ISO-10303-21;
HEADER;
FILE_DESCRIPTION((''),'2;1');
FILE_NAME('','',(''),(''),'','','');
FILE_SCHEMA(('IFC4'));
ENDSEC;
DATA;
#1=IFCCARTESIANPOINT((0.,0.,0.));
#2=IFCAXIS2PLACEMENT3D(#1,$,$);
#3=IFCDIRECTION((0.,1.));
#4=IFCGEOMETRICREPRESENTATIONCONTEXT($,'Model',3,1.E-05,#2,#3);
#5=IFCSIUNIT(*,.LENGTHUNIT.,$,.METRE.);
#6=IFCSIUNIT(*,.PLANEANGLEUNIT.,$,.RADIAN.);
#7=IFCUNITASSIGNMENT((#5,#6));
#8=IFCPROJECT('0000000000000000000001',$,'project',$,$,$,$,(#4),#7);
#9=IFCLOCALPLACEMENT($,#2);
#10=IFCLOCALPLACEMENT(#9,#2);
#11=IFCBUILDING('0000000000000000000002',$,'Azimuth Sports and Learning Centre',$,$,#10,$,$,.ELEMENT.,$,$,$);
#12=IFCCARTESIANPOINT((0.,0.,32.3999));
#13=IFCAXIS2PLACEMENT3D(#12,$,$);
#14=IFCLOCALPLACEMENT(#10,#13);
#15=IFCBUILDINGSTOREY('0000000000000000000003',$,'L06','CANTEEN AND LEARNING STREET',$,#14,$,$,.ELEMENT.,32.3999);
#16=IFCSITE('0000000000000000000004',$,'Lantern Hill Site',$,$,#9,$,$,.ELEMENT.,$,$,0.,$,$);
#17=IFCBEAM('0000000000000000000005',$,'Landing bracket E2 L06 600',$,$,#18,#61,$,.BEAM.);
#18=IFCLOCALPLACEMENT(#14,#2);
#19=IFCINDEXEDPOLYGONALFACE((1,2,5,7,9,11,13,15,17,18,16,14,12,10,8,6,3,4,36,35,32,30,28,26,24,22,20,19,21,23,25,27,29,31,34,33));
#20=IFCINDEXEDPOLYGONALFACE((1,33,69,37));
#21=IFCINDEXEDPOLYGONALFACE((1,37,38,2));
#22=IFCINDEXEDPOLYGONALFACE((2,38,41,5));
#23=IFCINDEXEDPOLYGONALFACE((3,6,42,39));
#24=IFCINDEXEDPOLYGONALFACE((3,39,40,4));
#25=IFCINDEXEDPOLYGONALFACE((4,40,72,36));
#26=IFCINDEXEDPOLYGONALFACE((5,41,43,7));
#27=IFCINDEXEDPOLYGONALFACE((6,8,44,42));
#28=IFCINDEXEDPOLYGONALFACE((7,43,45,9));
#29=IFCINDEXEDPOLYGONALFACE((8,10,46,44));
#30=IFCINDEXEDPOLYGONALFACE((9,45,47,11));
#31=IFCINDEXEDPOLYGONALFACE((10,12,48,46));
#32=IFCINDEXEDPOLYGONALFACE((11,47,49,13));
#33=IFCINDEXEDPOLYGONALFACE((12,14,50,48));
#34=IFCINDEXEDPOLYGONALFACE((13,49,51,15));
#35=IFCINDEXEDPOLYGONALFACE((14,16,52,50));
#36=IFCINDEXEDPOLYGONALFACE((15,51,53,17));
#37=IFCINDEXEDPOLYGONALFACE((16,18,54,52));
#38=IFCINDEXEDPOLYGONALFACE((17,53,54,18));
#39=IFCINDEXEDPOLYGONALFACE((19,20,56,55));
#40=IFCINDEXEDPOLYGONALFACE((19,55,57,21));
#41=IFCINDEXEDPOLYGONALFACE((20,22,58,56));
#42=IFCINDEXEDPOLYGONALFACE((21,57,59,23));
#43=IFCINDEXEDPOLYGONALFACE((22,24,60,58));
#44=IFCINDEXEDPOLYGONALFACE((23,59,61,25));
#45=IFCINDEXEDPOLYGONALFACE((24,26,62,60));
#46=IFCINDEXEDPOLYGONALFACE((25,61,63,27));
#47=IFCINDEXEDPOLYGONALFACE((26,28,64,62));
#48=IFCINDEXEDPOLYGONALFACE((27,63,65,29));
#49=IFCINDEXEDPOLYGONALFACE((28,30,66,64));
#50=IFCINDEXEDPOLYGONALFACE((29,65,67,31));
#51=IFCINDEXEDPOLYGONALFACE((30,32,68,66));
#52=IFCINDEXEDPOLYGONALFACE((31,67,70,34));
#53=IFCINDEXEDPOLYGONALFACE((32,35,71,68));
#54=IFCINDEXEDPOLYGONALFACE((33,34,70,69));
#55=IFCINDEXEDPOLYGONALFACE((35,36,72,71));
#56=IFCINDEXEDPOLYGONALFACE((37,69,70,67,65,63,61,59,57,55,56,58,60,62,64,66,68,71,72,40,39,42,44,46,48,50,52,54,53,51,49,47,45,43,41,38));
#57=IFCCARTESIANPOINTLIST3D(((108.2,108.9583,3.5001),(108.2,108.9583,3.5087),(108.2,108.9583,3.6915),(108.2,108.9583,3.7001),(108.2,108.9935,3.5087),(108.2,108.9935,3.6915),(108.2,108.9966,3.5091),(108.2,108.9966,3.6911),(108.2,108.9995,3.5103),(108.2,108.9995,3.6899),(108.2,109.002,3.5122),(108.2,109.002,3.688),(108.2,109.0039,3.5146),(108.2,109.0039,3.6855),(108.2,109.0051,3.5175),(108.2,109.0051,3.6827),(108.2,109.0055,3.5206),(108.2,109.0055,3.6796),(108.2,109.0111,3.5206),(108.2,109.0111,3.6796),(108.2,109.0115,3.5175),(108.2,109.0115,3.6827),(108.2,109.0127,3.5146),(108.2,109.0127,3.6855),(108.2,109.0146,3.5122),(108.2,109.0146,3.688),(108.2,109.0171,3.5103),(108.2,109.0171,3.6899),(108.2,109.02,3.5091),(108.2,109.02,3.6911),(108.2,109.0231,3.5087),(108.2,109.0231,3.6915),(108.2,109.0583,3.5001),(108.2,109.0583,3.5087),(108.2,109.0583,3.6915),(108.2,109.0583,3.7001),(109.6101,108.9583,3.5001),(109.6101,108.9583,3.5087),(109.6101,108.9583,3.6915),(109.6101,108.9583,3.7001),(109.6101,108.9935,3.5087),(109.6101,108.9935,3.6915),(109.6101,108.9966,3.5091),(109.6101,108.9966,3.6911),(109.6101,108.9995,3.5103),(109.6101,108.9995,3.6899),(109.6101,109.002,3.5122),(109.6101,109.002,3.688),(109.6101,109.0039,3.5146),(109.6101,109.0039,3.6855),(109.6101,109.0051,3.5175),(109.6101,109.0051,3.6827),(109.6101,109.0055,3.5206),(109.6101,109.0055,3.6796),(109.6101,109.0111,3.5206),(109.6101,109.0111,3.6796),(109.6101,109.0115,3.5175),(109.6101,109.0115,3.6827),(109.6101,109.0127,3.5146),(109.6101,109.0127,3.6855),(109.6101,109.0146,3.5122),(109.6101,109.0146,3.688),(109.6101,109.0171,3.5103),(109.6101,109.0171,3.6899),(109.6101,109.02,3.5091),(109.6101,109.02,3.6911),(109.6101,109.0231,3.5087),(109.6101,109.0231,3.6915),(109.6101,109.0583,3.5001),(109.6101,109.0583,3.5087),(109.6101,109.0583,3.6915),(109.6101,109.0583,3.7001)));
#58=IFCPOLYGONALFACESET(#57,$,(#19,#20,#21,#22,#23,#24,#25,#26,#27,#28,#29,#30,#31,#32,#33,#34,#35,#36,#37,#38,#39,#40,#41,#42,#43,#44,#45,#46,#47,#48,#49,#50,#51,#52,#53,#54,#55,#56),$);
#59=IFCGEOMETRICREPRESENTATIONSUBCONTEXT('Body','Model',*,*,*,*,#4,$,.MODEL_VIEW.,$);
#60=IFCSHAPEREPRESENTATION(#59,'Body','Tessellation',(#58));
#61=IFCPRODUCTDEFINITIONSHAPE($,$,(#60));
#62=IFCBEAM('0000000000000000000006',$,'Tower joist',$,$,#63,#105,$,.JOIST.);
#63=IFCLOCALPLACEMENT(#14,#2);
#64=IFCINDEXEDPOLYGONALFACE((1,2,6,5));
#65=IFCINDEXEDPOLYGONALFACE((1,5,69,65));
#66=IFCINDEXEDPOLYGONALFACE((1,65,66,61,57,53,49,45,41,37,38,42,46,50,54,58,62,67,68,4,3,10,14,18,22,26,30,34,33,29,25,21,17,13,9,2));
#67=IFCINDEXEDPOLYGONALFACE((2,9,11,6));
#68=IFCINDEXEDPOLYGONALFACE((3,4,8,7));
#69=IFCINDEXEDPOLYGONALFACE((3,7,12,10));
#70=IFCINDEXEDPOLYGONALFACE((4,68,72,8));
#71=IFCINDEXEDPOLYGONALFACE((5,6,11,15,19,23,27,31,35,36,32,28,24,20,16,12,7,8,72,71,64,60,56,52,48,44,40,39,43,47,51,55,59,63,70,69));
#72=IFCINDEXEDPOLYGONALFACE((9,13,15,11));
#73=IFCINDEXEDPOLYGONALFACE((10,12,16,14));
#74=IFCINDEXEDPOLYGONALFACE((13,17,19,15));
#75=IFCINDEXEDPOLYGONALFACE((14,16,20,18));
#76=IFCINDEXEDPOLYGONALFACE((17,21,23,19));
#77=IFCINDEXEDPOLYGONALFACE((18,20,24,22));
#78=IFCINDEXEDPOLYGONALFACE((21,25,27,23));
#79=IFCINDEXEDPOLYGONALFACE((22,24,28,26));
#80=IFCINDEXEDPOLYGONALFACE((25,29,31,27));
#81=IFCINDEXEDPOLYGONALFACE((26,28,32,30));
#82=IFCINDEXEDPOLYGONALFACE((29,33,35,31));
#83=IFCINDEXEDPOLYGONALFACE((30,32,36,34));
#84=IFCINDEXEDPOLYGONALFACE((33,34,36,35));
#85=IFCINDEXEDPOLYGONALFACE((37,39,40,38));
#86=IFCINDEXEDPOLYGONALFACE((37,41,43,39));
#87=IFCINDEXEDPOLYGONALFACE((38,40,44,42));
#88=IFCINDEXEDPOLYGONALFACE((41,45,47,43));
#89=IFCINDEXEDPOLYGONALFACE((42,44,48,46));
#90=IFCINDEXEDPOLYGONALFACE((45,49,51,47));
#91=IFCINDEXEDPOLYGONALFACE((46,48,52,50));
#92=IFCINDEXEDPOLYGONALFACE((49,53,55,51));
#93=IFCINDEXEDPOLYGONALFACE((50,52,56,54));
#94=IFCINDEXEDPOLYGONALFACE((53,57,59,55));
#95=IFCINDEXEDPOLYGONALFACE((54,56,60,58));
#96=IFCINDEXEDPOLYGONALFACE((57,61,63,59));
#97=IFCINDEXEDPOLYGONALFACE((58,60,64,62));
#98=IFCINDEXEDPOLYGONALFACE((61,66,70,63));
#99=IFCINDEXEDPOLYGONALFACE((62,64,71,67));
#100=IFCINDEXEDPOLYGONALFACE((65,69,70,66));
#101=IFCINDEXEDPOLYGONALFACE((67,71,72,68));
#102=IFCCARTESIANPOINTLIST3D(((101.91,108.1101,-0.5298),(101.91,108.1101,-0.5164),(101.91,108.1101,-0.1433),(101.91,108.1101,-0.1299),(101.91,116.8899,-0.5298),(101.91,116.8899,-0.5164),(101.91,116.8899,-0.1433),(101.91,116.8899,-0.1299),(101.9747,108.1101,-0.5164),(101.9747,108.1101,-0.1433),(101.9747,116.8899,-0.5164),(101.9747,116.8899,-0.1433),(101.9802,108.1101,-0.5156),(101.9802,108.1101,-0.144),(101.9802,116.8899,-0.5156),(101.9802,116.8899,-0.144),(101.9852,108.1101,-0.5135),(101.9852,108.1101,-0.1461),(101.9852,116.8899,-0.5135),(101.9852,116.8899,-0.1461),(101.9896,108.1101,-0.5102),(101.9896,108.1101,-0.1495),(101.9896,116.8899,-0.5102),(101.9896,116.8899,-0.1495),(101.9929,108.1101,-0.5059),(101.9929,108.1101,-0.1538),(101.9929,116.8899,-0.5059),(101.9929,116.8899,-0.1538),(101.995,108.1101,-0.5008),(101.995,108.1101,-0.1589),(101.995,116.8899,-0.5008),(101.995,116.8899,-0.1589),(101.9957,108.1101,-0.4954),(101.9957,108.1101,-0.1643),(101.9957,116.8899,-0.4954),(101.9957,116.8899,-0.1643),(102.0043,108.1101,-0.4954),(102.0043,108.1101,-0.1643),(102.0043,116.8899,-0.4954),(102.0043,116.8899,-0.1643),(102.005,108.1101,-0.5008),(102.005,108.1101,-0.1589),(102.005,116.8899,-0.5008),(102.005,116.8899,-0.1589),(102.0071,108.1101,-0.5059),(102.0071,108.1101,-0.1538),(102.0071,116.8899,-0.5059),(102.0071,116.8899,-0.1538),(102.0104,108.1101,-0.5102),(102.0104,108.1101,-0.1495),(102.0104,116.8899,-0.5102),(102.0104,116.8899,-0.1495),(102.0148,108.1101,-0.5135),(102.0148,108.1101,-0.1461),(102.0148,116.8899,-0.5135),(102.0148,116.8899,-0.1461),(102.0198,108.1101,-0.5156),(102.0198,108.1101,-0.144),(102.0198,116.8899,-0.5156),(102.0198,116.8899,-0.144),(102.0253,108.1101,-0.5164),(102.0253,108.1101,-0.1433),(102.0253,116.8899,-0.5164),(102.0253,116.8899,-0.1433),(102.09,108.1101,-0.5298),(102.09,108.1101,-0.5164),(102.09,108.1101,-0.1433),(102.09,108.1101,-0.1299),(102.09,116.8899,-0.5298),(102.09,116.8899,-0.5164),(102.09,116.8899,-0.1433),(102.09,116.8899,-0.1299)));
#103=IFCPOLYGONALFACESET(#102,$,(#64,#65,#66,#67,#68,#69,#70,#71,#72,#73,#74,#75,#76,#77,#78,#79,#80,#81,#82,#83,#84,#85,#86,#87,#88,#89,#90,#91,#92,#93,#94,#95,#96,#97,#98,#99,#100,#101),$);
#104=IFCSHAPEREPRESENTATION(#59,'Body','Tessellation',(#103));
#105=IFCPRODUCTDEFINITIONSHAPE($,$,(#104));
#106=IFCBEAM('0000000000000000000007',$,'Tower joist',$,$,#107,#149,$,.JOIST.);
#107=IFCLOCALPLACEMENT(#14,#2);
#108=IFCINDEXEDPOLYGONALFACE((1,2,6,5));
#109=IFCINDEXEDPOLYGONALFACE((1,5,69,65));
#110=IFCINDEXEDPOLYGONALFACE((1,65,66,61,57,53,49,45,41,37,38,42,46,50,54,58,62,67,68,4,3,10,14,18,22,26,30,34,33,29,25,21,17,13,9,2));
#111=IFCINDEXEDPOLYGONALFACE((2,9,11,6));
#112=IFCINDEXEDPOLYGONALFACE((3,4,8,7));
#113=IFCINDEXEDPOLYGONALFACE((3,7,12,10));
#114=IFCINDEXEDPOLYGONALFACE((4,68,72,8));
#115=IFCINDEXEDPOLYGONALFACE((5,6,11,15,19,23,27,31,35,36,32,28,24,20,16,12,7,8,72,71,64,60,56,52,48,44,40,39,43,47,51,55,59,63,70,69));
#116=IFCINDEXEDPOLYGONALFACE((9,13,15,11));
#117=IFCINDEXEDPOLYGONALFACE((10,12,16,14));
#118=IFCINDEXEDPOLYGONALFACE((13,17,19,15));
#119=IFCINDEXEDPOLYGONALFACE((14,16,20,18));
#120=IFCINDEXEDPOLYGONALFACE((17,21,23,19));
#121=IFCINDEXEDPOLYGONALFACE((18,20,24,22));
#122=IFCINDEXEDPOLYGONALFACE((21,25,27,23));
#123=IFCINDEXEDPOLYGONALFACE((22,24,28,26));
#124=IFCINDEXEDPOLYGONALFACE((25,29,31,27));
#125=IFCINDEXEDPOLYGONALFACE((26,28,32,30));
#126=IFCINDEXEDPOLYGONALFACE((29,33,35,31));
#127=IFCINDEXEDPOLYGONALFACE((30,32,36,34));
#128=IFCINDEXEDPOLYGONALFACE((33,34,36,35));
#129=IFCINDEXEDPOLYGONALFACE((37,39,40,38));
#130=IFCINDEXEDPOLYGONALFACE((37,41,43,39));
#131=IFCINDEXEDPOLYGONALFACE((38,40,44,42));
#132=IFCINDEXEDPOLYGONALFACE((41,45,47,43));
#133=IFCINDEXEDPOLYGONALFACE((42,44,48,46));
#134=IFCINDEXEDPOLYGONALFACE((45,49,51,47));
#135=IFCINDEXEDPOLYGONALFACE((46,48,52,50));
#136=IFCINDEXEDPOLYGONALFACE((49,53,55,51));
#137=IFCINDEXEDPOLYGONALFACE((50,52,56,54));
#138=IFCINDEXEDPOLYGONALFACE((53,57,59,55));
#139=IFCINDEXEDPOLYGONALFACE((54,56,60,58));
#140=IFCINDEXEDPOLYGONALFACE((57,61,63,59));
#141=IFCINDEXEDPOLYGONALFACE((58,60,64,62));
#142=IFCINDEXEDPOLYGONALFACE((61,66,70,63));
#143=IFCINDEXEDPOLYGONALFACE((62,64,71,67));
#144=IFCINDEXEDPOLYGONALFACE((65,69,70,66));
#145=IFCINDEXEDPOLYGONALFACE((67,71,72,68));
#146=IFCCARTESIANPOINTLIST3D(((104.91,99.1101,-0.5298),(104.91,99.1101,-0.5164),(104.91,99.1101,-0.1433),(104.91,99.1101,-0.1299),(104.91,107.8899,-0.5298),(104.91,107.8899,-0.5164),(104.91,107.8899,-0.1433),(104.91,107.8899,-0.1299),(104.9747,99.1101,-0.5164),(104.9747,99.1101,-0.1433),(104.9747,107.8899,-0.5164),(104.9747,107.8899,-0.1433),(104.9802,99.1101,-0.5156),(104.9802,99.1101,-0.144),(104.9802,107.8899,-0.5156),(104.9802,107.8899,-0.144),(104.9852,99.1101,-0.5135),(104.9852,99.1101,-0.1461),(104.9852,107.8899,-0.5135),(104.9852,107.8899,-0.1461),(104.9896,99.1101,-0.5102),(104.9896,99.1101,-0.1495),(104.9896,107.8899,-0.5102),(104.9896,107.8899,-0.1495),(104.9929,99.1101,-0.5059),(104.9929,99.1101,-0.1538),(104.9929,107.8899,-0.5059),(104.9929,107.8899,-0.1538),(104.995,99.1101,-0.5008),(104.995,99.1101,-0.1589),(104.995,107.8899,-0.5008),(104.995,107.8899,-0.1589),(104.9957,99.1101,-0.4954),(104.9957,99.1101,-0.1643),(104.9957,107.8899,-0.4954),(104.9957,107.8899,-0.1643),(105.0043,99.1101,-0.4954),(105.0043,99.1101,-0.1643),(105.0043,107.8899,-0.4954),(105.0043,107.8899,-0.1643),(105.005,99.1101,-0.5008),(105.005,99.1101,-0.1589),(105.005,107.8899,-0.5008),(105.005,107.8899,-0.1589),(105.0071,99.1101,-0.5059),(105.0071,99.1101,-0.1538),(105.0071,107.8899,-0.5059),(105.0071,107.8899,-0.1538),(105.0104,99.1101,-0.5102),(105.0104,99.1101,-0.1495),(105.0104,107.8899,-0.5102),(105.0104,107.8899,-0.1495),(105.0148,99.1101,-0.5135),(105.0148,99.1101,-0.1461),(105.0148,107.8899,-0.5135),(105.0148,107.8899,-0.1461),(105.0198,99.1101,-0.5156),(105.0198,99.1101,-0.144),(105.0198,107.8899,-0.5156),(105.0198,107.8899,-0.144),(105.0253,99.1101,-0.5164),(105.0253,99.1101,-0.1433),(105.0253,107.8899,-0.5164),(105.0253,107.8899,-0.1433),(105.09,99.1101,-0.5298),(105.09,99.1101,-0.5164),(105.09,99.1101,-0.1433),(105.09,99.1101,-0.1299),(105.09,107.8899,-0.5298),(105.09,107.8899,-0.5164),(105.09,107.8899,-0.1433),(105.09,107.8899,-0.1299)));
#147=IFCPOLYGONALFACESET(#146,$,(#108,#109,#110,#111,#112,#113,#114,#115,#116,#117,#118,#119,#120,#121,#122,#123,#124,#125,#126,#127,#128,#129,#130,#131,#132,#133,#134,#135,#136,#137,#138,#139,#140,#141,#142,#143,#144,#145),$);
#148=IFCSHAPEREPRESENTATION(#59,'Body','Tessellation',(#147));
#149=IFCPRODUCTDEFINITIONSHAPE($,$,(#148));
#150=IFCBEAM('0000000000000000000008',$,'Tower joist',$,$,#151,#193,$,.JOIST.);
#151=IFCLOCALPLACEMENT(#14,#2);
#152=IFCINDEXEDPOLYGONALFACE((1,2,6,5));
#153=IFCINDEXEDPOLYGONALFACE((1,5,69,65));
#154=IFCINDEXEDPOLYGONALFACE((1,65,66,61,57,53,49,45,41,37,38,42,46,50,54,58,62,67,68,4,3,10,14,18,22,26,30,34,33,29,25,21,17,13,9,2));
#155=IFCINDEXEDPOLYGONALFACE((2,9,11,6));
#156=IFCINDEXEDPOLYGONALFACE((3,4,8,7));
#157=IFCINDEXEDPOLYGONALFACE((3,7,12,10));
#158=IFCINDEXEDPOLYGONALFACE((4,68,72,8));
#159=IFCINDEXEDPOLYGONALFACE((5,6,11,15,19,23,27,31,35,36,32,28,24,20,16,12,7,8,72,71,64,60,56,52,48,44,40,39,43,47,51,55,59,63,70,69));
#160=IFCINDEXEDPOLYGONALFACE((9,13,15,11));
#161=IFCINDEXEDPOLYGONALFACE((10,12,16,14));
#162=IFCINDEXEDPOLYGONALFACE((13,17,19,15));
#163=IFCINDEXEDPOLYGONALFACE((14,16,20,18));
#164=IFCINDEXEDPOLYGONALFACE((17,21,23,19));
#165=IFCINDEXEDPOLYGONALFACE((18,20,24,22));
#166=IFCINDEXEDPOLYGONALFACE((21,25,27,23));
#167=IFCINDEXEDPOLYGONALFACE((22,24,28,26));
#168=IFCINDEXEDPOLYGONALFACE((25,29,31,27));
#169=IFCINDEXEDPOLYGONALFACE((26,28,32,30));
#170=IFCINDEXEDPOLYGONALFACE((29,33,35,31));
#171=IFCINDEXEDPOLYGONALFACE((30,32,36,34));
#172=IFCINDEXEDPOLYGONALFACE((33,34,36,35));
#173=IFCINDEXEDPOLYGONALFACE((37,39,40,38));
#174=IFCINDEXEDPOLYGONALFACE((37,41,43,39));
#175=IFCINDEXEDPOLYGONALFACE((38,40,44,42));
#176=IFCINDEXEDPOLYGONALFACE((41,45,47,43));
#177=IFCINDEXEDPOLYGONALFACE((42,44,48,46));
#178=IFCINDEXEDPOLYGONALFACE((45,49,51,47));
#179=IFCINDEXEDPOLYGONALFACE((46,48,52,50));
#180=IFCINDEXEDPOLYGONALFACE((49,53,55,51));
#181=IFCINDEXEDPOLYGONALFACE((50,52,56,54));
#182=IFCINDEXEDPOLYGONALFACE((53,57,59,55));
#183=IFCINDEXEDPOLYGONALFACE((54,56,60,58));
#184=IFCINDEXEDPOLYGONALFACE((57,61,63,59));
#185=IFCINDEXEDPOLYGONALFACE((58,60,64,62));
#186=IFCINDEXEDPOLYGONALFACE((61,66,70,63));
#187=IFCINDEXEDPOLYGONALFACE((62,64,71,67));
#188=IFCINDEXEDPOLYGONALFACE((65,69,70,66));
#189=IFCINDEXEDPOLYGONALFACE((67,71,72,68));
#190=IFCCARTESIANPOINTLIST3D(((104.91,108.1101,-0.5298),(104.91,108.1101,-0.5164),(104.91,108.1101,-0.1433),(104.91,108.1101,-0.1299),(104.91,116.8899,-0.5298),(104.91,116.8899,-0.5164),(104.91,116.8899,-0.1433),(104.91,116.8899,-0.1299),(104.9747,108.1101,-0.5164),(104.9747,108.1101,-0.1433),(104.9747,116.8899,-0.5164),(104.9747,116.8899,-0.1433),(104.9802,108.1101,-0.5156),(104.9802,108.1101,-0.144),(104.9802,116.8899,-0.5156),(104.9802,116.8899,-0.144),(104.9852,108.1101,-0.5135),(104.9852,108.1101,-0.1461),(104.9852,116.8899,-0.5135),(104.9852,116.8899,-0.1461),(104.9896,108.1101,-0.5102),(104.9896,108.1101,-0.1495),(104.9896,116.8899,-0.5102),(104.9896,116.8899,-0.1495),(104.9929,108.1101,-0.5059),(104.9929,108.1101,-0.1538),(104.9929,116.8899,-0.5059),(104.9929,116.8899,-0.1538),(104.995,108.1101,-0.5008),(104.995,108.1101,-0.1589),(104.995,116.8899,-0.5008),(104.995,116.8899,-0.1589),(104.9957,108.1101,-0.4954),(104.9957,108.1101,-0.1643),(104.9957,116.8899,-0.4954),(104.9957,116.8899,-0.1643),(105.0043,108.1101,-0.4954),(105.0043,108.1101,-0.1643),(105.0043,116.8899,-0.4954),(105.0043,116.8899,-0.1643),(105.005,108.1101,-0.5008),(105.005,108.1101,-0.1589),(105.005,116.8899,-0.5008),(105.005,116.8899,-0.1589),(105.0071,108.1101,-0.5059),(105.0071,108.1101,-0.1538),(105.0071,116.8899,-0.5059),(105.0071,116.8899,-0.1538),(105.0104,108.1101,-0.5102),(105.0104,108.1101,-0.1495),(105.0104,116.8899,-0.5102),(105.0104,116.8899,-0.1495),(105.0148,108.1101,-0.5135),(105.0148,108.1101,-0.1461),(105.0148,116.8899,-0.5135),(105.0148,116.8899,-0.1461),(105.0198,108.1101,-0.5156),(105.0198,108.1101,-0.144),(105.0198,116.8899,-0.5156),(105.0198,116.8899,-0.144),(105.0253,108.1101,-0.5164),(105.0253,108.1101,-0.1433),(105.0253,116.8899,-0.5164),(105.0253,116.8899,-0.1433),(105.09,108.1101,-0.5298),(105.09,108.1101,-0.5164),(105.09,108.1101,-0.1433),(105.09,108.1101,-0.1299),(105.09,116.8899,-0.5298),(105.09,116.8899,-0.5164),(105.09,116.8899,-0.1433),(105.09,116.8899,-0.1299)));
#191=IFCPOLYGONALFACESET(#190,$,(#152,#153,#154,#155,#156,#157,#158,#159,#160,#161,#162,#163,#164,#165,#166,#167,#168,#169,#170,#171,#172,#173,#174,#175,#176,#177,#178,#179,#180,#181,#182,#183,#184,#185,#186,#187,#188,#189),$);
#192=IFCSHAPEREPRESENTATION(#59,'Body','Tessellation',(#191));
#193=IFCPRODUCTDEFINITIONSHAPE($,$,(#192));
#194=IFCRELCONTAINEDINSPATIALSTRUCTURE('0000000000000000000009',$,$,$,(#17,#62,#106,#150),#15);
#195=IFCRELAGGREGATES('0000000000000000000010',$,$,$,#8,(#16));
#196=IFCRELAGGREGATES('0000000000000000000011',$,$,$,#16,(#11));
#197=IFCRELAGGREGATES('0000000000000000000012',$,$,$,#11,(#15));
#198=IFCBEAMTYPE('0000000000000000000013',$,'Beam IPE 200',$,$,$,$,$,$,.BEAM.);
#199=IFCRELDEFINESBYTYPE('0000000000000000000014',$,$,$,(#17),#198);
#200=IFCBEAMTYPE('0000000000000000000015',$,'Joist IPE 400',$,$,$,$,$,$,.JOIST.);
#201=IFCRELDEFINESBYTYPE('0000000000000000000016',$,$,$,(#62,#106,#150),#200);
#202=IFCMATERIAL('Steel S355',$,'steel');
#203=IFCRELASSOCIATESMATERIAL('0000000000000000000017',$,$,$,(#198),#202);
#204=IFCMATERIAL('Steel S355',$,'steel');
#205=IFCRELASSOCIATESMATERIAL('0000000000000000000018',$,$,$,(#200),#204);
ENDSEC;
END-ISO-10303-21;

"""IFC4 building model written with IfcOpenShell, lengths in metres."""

from ifc_helpers import new_model, si_unit, direction, frame, origin, origin_2d, place, context, subcontext, project, spatial, i_section, extrude, material, material_profile, profile_set, type_object, element, save


model = new_model("IFC4")

# Units and contexts
model_context = context("Model", 3, precision=1e-05, world=origin(), true_north=direction((0.0, 1.0)))
body_context = subcontext(model_context, "Body", "Model", "MODEL_VIEW")
ifc_project = project(units=[si_unit("LENGTHUNIT", "METRE"), si_unit("PLANEANGLEUNIT", "RADIAN")], contexts=[model_context])

# Site, building, storey
site_placement = place(None, origin())
site = spatial("IfcSite", under=ifc_project, at=site_placement, Name="Lantern Hill Site", CompositionType="ELEMENT", RefElevation=0.0)
building_placement = place(site_placement, origin())
building = spatial("IfcBuilding", under=site, at=building_placement, Name="Azimuth Sports and Learning Centre", CompositionType="ELEMENT")
storey_placement = place(building_placement, frame((0.0, 0.0, 32.3999)))
storey = spatial("IfcBuildingStorey", under=building, at=storey_placement, Name="L06", Description="CANTEEN AND LEARNING STREET", CompositionType="ELEMENT", Elevation=32.3999)

# Beams
ifc_material_1 = material(Name="Steel S355", Category="steel")
ifc_material_profile_1 = material_profile(ifc_material_1, i_section(OverallWidth=0.1001, OverallDepth=0.2, WebThickness=0.0056, FlangeThickness=0.0085, FilletRadius=0.012, at=origin_2d()), Name="IPE 200")
ifc_profile_set_1 = profile_set([ifc_material_profile_1], Name="Steel S355")
beam_type_1 = type_object("IfcBeamType", Name="Beam IPE 200", PredefinedType="BEAM", material=ifc_profile_set_1)
beam_placement = place(storey_placement, frame((108.2, 109.0083, 3.6001), z_axis=(1.0, 0.0, 0.0), x_axis=(0.0, 1.0, 0.0)))
element("IfcBeam", 1, at=beam_placement, inside=storey, type_object=beam_type_1, Name="Landing bracket E2 L06 600", PredefinedType="BEAM", context=body_context, shape_type="SweptSolid", body=[
    extrude(i_section(OverallWidth=0.1001, OverallDepth=0.2, WebThickness=0.0056, FlangeThickness=0.0085, FilletRadius=0.012, at=origin_2d()), origin(), (0.0, 0.0, 1.0), 1.4102),
])
ifc_material_2 = material(Name="Steel S355", Category="steel")
ifc_material_profile_2 = material_profile(ifc_material_2, i_section(OverallWidth=0.1799, OverallDepth=0.3999, WebThickness=0.0085, FlangeThickness=0.0134, FilletRadius=0.021, at=origin_2d()), Name="IPE 400")
ifc_profile_set_2 = profile_set([ifc_material_profile_2], Name="Steel S355")
beam_type_2 = type_object("IfcBeamType", Name="Joist IPE 400", PredefinedType="JOIST", material=ifc_profile_set_2)
for number, where, z_axis, x_axis, name in (
    (2, (102.0, 108.1101, -0.3298), (0.0, 1.0, 0.0), (-1.0, 0.0, 0.0), "Tower joist"),
    (3, (105.0, 99.1101, -0.3298), (0.0, 1.0, 0.0), (-1.0, 0.0, 0.0), "Tower joist"),
    (4, (105.0, 108.1101, -0.3298), (0.0, 1.0, 0.0), (-1.0, 0.0, 0.0), "Tower joist"),
):
    element("IfcBeam", number, at=place(storey_placement, frame(where, z_axis=z_axis, x_axis=x_axis)), inside=storey, type_object=beam_type_2, Name=name, PredefinedType="JOIST", context=body_context, shape_type="SweptSolid", body=[
        extrude(i_section(OverallWidth=0.1799, OverallDepth=0.3999, WebThickness=0.0085, FlangeThickness=0.0134, FilletRadius=0.021, at=origin_2d()), origin(), (0.0, 0.0, 1.0), 8.7798),
    ])

save(model, "model.ifc")
